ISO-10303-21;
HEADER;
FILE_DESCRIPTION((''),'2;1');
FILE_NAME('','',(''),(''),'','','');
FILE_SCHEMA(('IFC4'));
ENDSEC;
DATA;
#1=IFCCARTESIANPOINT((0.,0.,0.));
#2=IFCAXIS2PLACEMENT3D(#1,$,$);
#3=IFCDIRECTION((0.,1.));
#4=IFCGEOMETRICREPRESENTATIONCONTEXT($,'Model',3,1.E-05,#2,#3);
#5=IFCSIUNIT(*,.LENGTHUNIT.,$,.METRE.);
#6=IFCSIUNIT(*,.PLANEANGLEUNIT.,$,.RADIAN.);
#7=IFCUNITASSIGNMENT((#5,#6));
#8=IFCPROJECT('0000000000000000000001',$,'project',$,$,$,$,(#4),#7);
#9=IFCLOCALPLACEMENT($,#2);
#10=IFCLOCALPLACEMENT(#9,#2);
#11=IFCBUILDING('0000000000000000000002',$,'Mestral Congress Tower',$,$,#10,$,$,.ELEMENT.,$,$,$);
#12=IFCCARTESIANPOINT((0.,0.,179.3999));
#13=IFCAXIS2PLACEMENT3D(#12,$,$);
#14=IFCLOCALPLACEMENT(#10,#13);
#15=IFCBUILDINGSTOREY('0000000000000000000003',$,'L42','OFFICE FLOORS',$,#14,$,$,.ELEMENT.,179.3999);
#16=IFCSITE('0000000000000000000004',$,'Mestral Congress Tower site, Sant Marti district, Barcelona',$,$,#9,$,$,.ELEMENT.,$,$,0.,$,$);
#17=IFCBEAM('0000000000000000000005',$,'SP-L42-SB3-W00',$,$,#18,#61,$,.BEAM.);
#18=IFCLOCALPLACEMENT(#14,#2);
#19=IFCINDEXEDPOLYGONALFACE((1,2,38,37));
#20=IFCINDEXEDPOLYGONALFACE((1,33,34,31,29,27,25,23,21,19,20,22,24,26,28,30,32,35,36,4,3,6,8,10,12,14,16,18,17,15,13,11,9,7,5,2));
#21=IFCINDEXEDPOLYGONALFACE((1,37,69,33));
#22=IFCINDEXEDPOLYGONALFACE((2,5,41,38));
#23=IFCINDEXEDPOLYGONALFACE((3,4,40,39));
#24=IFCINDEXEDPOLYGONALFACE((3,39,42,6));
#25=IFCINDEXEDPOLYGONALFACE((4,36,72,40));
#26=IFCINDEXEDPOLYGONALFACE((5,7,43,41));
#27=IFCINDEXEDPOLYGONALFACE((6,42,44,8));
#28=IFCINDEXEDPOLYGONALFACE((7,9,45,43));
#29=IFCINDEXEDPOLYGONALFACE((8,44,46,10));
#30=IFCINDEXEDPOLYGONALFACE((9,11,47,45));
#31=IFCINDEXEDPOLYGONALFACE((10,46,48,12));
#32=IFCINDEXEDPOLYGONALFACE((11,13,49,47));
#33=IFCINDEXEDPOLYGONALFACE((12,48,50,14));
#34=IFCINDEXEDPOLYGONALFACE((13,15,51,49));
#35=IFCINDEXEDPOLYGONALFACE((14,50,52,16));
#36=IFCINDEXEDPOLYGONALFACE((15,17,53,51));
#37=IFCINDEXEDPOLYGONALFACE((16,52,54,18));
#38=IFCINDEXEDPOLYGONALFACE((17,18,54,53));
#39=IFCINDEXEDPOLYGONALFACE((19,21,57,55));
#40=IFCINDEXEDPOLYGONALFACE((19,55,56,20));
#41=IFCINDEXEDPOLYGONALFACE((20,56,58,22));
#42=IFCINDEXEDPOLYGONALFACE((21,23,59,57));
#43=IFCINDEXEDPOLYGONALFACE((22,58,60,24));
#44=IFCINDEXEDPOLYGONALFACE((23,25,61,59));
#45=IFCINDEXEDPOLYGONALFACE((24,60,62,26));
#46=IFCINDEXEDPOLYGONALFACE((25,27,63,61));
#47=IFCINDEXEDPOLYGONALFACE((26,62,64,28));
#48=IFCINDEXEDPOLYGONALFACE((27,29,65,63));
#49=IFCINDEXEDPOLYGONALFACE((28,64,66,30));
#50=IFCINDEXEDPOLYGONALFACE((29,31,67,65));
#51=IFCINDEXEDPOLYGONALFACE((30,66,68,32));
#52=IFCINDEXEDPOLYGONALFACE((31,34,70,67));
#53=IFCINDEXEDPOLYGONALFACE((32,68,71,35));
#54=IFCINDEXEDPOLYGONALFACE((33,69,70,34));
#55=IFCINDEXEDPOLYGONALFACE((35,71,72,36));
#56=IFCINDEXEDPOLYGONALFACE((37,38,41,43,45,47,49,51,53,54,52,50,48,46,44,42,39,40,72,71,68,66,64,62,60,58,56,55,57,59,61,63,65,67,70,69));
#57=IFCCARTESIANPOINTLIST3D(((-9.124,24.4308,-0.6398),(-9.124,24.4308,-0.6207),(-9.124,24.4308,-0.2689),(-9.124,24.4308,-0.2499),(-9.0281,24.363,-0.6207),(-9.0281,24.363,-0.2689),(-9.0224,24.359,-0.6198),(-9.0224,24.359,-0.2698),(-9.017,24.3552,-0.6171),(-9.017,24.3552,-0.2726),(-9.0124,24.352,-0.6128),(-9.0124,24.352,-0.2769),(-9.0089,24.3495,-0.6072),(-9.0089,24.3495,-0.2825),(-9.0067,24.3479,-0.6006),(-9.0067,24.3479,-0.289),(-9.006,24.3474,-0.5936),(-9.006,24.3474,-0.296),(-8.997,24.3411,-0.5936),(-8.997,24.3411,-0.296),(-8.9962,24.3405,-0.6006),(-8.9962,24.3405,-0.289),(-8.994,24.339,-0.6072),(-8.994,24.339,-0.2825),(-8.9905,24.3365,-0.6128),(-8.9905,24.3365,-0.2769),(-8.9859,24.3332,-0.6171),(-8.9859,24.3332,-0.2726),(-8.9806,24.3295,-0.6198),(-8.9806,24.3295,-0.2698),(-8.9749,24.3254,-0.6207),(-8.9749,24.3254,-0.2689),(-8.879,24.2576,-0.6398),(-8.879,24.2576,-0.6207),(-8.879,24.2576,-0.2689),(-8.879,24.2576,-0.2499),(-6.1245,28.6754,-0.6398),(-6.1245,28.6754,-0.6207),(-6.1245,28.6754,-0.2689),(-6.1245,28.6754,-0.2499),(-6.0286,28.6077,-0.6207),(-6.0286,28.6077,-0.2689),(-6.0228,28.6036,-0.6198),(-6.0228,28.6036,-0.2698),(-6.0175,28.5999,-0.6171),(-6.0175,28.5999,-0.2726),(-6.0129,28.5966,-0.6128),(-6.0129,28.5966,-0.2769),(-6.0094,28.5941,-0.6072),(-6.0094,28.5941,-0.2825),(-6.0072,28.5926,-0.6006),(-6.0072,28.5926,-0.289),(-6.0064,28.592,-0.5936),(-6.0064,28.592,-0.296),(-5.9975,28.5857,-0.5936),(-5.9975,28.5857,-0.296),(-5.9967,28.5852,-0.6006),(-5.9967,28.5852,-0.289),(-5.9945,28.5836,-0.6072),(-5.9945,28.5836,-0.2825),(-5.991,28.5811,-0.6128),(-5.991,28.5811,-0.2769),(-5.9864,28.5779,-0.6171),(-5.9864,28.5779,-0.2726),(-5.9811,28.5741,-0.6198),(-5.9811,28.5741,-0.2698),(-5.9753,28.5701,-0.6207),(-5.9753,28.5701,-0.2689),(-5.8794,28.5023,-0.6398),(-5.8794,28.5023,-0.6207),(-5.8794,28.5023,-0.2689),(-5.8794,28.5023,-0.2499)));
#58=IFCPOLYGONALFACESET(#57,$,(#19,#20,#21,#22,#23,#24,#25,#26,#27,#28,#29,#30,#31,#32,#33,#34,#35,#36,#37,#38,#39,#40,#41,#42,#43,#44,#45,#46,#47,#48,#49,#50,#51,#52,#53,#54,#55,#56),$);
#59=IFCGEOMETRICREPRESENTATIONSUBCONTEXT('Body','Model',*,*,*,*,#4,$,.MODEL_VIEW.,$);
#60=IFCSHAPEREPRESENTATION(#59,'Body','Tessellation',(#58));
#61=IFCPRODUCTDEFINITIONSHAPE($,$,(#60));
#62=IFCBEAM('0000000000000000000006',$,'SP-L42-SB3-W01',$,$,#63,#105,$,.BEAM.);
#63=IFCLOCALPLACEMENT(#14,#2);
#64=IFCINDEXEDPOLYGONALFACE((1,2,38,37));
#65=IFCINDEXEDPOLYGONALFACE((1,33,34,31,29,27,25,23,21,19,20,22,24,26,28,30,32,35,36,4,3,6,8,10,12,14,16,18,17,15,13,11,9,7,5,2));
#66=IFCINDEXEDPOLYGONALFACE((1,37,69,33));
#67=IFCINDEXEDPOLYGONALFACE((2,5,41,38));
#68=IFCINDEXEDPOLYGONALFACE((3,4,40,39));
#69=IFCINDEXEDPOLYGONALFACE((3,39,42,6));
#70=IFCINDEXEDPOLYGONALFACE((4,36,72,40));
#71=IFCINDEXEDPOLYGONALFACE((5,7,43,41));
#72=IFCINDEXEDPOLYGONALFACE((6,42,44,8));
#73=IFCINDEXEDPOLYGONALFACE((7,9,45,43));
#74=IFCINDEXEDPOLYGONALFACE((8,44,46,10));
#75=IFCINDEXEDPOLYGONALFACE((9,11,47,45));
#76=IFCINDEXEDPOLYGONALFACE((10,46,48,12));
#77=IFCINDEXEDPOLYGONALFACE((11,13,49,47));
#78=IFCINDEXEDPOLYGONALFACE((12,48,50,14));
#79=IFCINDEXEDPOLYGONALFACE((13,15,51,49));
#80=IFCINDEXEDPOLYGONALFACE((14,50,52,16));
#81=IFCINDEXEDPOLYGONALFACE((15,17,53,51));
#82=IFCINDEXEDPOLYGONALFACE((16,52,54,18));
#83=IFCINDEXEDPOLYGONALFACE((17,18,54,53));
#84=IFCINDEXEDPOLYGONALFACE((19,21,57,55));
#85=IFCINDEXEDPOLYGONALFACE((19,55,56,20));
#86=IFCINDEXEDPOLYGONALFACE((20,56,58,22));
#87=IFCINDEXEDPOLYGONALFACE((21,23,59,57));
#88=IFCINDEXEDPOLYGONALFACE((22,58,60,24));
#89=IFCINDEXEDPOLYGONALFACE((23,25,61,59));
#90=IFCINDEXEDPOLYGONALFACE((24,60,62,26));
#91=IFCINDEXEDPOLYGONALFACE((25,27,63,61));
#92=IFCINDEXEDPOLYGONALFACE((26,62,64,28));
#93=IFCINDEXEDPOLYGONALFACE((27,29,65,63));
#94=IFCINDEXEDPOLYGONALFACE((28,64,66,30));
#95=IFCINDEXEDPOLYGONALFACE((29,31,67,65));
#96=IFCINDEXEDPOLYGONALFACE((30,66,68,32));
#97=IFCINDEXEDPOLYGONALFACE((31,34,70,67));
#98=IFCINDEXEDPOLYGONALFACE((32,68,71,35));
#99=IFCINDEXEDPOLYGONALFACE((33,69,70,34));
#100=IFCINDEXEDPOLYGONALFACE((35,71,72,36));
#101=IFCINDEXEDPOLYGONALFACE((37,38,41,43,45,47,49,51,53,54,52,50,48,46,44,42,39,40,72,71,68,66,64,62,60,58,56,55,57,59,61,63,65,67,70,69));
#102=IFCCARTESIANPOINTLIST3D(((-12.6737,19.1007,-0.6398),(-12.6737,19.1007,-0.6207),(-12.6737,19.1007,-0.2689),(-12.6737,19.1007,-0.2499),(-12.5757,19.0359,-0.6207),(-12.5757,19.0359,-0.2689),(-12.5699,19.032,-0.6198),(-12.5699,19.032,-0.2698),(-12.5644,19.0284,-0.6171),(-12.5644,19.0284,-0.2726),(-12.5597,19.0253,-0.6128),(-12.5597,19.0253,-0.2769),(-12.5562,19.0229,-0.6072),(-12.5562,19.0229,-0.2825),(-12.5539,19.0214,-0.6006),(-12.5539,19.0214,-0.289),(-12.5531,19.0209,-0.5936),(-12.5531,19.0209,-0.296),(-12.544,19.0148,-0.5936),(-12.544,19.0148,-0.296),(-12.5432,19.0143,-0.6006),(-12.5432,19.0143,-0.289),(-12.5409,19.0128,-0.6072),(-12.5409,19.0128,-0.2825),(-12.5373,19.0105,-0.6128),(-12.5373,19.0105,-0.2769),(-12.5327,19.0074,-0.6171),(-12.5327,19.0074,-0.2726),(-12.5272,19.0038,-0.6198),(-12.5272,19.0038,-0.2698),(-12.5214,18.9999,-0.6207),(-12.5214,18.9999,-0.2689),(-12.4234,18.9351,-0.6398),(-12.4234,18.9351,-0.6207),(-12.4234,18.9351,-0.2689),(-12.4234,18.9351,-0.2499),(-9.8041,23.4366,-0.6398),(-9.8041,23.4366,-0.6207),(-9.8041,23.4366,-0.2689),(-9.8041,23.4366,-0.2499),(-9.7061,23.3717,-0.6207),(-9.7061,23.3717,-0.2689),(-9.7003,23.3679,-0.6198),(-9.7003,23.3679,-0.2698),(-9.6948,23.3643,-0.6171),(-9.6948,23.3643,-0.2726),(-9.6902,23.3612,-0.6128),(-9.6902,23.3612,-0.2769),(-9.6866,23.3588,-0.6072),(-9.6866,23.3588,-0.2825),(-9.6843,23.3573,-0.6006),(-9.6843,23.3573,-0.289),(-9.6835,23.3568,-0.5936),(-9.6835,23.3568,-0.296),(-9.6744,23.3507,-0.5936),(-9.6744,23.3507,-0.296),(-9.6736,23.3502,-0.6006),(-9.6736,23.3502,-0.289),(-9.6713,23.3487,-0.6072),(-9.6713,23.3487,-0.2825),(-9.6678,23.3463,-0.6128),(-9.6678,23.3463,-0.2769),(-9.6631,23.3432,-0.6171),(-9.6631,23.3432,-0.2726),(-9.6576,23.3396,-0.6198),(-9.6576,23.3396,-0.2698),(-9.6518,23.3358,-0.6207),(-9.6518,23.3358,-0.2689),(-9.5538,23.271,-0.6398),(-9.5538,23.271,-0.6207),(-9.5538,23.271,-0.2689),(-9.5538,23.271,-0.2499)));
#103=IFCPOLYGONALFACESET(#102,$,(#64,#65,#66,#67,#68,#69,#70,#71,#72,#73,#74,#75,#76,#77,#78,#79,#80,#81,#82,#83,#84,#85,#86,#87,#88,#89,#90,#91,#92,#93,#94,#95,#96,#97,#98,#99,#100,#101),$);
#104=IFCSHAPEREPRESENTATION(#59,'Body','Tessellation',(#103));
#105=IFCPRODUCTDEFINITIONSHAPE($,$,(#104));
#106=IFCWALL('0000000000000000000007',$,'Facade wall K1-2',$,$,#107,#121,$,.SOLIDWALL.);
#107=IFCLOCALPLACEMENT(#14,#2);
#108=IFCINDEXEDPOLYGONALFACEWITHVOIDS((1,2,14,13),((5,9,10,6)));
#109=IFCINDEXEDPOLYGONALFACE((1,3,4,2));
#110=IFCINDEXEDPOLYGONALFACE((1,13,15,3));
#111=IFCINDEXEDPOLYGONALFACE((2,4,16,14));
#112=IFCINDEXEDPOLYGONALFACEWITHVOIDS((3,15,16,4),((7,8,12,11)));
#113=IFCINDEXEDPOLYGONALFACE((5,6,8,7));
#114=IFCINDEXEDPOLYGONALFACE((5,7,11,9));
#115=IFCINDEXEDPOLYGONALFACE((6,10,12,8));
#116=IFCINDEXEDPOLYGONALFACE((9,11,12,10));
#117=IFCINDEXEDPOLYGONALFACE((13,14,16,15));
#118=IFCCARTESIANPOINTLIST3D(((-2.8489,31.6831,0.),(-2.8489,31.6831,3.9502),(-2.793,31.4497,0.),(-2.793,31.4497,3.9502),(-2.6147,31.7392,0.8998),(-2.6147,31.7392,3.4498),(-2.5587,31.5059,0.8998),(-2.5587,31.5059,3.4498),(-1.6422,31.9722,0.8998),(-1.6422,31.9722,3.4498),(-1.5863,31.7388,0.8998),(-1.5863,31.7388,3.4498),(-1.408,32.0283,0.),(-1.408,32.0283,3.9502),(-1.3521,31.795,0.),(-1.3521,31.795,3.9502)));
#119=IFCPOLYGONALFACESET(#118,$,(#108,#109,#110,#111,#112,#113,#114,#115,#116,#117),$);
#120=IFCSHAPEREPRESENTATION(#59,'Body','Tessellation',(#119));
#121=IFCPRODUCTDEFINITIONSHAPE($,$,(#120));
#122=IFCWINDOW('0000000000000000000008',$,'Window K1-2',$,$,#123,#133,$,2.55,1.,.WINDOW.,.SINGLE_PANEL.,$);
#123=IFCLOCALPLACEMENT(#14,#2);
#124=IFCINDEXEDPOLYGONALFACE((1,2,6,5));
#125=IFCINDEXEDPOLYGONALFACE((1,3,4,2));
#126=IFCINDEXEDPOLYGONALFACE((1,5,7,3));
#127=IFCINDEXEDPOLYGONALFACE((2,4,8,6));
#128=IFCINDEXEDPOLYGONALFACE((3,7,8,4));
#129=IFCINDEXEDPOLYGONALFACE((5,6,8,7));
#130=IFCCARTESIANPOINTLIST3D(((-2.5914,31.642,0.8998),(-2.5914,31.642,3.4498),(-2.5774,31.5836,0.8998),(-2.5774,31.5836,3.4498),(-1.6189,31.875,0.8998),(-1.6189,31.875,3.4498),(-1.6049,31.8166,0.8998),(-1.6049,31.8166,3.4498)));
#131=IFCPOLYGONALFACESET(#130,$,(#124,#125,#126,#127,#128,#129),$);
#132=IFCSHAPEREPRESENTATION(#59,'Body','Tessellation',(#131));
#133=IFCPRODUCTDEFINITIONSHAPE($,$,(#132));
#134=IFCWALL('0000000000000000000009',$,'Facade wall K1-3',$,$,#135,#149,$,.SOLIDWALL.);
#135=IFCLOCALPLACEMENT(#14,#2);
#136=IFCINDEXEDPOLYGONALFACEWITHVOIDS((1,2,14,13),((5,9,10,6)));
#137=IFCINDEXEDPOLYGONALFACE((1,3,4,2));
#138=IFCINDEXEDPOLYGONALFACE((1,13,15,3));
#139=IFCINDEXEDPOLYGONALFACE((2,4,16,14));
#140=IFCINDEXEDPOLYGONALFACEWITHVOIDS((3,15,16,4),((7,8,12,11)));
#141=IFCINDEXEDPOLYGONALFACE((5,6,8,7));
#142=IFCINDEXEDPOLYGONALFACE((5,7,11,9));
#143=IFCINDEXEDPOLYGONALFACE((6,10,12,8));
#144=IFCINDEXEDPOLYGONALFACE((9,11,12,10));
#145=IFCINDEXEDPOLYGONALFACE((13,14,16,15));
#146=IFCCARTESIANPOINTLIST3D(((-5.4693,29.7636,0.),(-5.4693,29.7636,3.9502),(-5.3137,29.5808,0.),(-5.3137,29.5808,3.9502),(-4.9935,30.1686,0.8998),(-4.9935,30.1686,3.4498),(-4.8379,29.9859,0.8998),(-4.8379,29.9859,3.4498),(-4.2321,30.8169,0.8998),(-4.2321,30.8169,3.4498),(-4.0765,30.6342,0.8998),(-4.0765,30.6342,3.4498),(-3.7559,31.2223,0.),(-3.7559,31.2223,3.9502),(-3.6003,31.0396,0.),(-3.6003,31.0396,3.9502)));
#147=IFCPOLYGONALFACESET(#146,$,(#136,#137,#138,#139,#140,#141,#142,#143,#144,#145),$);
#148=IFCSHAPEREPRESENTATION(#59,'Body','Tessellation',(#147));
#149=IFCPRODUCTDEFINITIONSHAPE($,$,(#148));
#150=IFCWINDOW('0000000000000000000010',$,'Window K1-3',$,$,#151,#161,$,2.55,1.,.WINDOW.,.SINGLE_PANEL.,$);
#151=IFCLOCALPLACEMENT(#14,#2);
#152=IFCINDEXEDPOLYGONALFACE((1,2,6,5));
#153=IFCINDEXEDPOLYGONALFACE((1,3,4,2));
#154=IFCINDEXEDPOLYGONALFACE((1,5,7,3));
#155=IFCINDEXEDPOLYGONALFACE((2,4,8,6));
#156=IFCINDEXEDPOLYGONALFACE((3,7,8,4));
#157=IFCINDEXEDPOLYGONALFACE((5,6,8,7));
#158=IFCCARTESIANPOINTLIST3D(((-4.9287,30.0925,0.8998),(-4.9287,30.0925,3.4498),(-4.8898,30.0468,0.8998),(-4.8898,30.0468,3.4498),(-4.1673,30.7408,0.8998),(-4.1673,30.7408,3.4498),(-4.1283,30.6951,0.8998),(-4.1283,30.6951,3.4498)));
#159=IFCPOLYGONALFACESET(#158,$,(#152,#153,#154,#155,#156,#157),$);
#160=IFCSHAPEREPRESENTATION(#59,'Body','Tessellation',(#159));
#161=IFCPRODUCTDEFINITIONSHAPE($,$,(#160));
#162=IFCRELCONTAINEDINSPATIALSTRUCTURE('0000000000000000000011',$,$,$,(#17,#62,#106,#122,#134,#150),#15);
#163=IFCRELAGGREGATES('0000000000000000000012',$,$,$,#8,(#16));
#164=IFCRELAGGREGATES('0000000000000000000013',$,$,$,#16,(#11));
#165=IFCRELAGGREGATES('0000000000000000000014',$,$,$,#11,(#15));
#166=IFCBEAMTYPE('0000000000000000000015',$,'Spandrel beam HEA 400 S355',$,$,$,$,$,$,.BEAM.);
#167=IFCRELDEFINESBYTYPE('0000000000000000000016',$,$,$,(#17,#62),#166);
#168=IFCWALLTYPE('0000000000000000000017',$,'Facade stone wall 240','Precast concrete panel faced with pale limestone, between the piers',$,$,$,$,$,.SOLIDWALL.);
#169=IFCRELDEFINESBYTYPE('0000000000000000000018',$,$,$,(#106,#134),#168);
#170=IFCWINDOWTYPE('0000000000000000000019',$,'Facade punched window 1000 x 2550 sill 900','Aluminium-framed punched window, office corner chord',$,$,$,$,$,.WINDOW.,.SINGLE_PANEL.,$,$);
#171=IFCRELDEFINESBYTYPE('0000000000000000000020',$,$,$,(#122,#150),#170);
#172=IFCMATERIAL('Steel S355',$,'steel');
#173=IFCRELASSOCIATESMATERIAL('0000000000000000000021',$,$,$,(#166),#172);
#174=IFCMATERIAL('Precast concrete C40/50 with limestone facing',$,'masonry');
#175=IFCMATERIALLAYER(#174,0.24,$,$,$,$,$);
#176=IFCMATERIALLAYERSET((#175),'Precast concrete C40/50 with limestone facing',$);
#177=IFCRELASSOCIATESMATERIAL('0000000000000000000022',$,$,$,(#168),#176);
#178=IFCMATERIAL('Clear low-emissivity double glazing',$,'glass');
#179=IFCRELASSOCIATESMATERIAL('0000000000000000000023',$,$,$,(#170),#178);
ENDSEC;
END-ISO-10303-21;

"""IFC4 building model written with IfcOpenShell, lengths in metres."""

from ifc_helpers import new_model, si_unit, direction, frame, frame_2d, origin, origin_2d, place, context, subcontext, project, spatial, rectangle, i_section, extrude, material, layer, layer_set, material_profile, profile_set, type_object, element, fill, save


model = new_model("IFC4")

# Units and contexts
model_context = context("Model", 3, precision=1e-05, world=origin(), true_north=direction((0.0, 1.0)))
body_context = subcontext(model_context, "Body", "Model", "MODEL_VIEW")
ifc_project = project(units=[si_unit("LENGTHUNIT", "METRE"), si_unit("PLANEANGLEUNIT", "RADIAN")], contexts=[model_context])

# Site, building, storey
site_placement = place(None, origin())
site = spatial("IfcSite", under=ifc_project, at=site_placement, Name="Mestral Congress Tower site, Sant Marti district, Barcelona", CompositionType="ELEMENT", RefElevation=0.0)
building_placement = place(site_placement, origin())
building = spatial("IfcBuilding", under=site, at=building_placement, Name="Mestral Congress Tower", CompositionType="ELEMENT")
storey_placement = place(building_placement, frame((0.0, 0.0, 179.3999)))
storey = spatial("IfcBuildingStorey", under=building, at=storey_placement, Name="L42", Description="OFFICE FLOORS", CompositionType="ELEMENT", Elevation=179.3999)

# Beams
ifc_material_1 = material(Name="Steel S355", Category="steel")
ifc_material_profile_1 = material_profile(ifc_material_1, i_section(OverallWidth=0.3, OverallDepth=0.3899, WebThickness=0.011, FlangeThickness=0.019, FilletRadius=0.0271, at=origin_2d()), Name="HEA 400")
ifc_profile_set_1 = profile_set([ifc_material_profile_1], Name="Steel S355")
beam_type_1 = type_object("IfcBeamType", Name="Spandrel beam HEA 400 S355", PredefinedType="BEAM", material=ifc_profile_set_1)
beam_1_placement = place(storey_placement, frame((-6.002, 28.5889, -0.4448), z_axis=(-0.577107, -0.816668, 0.0), x_axis=(0.816668, -0.577107, 0.0)))
element("IfcBeam", 1, at=beam_1_placement, inside=storey, type_object=beam_type_1, Name="SP-L42-SB3-W00", PredefinedType="BEAM", context=body_context, shape_type="SweptSolid", body=[
    extrude(i_section(OverallWidth=0.3, OverallDepth=0.3899, WebThickness=0.011, FlangeThickness=0.019, FilletRadius=0.0271, at=origin_2d()), origin(), (0.0, 0.0, 1.0), 5.1975),
])
beam_2_placement = place(storey_placement, frame((-9.679, 23.3538, -0.4448), z_axis=(-0.551901, -0.833909, 0.0), x_axis=(0.833909, -0.551901, 0.0)))
element("IfcBeam", 2, at=beam_2_placement, inside=storey, type_object=beam_type_1, Name="SP-L42-SB3-W01", PredefinedType="BEAM", context=body_context, shape_type="SweptSolid", body=[
    extrude(i_section(OverallWidth=0.3, OverallDepth=0.3899, WebThickness=0.011, FlangeThickness=0.019, FilletRadius=0.0271, at=origin_2d()), origin(), (0.0, 0.0, 1.0), 5.1995),
])

# Walls, openings, windows
ifc_material_2 = material(Name="Precast concrete C40/50 with limestone facing", Category="masonry")
ifc_layer_1 = layer(ifc_material_2, 0.24)
ifc_layer_set_1 = layer_set([ifc_layer_1], Name="Precast concrete C40/50 with limestone facing")
wall_type_1 = type_object("IfcWallType", Name="Facade stone wall 240", Description="Precast concrete panel faced with pale limestone, between the piers", PredefinedType="SOLIDWALL", material=ifc_layer_set_1)
wall_1_placement = place(storey_placement, frame((-1.3801, 31.9116, 0.0), z_axis=(0.0, 0.0, 1.0), x_axis=(-0.97248, -0.232987, 0.0)))
wall_1 = element("IfcWall", 3, at=wall_1_placement, inside=storey, type_object=wall_type_1, Name="Facade wall K1-2", PredefinedType="SOLIDWALL", context=body_context, shape_type="SweptSolid", body=[
    extrude(rectangle(XDim=1.4817, YDim=0.24, at=frame_2d((0.7407, 0.0))), origin(), (0.0, 0.0, 1.0), 3.9502),
])
opening_1_placement = place(wall_1_placement, frame((0.2407, 0.0, 0.8999)))
opening_1 = element("IfcOpeningElement", 4, at=opening_1_placement, cuts=wall_1, PredefinedType="OPENING", context=body_context, shape_type="SweptSolid", body=[
    extrude(rectangle(XDim=1.0, YDim=2.55, at=frame_2d((0.5, 1.2749))), frame((0.0, 0.1299, 0.0), z_axis=(0.0, -1.0, 0.0), x_axis=(1.0, 0.0, 0.0)), (0.0, 0.0, 1.0), 0.26),
])
ifc_material_3 = material(Name="Clear low-emissivity double glazing", Category="glass")
window_type_1 = type_object("IfcWindowType", Name="Facade punched window 1000 x 2550 sill 900", Description="Aluminium-framed punched window, office corner chord", PartitioningType="SINGLE_PANEL", PredefinedType="WINDOW", material=ifc_material_3)
window_1_placement = place(opening_1_placement, origin())
window_1 = element("IfcWindow", 5, at=window_1_placement, inside=storey, type_object=window_type_1, Name="Window K1-2", OverallHeight=2.55, OverallWidth=1.0, PartitioningType="SINGLE_PANEL", PredefinedType="WINDOW", context=body_context, shape_type="SweptSolid", body=[
    extrude(rectangle(XDim=1.0, YDim=2.55, at=frame_2d((0.5, 1.2749))), frame((0.0, 0.04, 0.0), z_axis=(0.0, -1.0, 0.0), x_axis=(1.0, 0.0, 0.0)), (0.0, 0.0, 1.0), 0.0601),
])
fill(opening_1, window_1)
wall_2_placement = place(storey_placement, frame((-3.6782, 31.1309, 0.0), z_axis=(0.0, 0.0, 1.0), x_axis=(-0.76142, -0.648259, 0.0)))
wall_2 = element("IfcWall", 6, at=wall_2_placement, inside=storey, type_object=wall_type_1, Name="Facade wall K1-3", PredefinedType="SOLIDWALL", context=body_context, shape_type="SweptSolid", body=[
    extrude(rectangle(XDim=2.2502, YDim=0.24, at=frame_2d((1.125, 0.0))), origin(), (0.0, 0.0, 1.0), 3.9502),
])
opening_2_placement = place(wall_2_placement, frame((0.6252, 0.0, 0.8999)))
opening_2 = element("IfcOpeningElement", 7, at=opening_2_placement, cuts=wall_2, PredefinedType="OPENING", context=body_context, shape_type="SweptSolid", body=[
    extrude(rectangle(XDim=1.0, YDim=2.55, at=frame_2d((0.5, 1.2749))), frame((0.0, 0.1299, 0.0), z_axis=(0.0, -1.0, 0.0), x_axis=(1.0, 0.0, 0.0)), (0.0, 0.0, 1.0), 0.26),
])
window_2_placement = place(opening_2_placement, origin())
window_2 = element("IfcWindow", 8, at=window_2_placement, inside=storey, type_object=window_type_1, Name="Window K1-3", OverallHeight=2.55, OverallWidth=1.0, PartitioningType="SINGLE_PANEL", PredefinedType="WINDOW", context=body_context, shape_type="SweptSolid", body=[
    extrude(rectangle(XDim=1.0, YDim=2.55, at=frame_2d((0.5, 1.2749))), frame((0.0, 0.04, 0.0), z_axis=(0.0, -1.0, 0.0), x_axis=(1.0, 0.0, 0.0)), (0.0, 0.0, 1.0), 0.0601),
])
fill(opening_2, window_2)

save(model, "model.ifc")
